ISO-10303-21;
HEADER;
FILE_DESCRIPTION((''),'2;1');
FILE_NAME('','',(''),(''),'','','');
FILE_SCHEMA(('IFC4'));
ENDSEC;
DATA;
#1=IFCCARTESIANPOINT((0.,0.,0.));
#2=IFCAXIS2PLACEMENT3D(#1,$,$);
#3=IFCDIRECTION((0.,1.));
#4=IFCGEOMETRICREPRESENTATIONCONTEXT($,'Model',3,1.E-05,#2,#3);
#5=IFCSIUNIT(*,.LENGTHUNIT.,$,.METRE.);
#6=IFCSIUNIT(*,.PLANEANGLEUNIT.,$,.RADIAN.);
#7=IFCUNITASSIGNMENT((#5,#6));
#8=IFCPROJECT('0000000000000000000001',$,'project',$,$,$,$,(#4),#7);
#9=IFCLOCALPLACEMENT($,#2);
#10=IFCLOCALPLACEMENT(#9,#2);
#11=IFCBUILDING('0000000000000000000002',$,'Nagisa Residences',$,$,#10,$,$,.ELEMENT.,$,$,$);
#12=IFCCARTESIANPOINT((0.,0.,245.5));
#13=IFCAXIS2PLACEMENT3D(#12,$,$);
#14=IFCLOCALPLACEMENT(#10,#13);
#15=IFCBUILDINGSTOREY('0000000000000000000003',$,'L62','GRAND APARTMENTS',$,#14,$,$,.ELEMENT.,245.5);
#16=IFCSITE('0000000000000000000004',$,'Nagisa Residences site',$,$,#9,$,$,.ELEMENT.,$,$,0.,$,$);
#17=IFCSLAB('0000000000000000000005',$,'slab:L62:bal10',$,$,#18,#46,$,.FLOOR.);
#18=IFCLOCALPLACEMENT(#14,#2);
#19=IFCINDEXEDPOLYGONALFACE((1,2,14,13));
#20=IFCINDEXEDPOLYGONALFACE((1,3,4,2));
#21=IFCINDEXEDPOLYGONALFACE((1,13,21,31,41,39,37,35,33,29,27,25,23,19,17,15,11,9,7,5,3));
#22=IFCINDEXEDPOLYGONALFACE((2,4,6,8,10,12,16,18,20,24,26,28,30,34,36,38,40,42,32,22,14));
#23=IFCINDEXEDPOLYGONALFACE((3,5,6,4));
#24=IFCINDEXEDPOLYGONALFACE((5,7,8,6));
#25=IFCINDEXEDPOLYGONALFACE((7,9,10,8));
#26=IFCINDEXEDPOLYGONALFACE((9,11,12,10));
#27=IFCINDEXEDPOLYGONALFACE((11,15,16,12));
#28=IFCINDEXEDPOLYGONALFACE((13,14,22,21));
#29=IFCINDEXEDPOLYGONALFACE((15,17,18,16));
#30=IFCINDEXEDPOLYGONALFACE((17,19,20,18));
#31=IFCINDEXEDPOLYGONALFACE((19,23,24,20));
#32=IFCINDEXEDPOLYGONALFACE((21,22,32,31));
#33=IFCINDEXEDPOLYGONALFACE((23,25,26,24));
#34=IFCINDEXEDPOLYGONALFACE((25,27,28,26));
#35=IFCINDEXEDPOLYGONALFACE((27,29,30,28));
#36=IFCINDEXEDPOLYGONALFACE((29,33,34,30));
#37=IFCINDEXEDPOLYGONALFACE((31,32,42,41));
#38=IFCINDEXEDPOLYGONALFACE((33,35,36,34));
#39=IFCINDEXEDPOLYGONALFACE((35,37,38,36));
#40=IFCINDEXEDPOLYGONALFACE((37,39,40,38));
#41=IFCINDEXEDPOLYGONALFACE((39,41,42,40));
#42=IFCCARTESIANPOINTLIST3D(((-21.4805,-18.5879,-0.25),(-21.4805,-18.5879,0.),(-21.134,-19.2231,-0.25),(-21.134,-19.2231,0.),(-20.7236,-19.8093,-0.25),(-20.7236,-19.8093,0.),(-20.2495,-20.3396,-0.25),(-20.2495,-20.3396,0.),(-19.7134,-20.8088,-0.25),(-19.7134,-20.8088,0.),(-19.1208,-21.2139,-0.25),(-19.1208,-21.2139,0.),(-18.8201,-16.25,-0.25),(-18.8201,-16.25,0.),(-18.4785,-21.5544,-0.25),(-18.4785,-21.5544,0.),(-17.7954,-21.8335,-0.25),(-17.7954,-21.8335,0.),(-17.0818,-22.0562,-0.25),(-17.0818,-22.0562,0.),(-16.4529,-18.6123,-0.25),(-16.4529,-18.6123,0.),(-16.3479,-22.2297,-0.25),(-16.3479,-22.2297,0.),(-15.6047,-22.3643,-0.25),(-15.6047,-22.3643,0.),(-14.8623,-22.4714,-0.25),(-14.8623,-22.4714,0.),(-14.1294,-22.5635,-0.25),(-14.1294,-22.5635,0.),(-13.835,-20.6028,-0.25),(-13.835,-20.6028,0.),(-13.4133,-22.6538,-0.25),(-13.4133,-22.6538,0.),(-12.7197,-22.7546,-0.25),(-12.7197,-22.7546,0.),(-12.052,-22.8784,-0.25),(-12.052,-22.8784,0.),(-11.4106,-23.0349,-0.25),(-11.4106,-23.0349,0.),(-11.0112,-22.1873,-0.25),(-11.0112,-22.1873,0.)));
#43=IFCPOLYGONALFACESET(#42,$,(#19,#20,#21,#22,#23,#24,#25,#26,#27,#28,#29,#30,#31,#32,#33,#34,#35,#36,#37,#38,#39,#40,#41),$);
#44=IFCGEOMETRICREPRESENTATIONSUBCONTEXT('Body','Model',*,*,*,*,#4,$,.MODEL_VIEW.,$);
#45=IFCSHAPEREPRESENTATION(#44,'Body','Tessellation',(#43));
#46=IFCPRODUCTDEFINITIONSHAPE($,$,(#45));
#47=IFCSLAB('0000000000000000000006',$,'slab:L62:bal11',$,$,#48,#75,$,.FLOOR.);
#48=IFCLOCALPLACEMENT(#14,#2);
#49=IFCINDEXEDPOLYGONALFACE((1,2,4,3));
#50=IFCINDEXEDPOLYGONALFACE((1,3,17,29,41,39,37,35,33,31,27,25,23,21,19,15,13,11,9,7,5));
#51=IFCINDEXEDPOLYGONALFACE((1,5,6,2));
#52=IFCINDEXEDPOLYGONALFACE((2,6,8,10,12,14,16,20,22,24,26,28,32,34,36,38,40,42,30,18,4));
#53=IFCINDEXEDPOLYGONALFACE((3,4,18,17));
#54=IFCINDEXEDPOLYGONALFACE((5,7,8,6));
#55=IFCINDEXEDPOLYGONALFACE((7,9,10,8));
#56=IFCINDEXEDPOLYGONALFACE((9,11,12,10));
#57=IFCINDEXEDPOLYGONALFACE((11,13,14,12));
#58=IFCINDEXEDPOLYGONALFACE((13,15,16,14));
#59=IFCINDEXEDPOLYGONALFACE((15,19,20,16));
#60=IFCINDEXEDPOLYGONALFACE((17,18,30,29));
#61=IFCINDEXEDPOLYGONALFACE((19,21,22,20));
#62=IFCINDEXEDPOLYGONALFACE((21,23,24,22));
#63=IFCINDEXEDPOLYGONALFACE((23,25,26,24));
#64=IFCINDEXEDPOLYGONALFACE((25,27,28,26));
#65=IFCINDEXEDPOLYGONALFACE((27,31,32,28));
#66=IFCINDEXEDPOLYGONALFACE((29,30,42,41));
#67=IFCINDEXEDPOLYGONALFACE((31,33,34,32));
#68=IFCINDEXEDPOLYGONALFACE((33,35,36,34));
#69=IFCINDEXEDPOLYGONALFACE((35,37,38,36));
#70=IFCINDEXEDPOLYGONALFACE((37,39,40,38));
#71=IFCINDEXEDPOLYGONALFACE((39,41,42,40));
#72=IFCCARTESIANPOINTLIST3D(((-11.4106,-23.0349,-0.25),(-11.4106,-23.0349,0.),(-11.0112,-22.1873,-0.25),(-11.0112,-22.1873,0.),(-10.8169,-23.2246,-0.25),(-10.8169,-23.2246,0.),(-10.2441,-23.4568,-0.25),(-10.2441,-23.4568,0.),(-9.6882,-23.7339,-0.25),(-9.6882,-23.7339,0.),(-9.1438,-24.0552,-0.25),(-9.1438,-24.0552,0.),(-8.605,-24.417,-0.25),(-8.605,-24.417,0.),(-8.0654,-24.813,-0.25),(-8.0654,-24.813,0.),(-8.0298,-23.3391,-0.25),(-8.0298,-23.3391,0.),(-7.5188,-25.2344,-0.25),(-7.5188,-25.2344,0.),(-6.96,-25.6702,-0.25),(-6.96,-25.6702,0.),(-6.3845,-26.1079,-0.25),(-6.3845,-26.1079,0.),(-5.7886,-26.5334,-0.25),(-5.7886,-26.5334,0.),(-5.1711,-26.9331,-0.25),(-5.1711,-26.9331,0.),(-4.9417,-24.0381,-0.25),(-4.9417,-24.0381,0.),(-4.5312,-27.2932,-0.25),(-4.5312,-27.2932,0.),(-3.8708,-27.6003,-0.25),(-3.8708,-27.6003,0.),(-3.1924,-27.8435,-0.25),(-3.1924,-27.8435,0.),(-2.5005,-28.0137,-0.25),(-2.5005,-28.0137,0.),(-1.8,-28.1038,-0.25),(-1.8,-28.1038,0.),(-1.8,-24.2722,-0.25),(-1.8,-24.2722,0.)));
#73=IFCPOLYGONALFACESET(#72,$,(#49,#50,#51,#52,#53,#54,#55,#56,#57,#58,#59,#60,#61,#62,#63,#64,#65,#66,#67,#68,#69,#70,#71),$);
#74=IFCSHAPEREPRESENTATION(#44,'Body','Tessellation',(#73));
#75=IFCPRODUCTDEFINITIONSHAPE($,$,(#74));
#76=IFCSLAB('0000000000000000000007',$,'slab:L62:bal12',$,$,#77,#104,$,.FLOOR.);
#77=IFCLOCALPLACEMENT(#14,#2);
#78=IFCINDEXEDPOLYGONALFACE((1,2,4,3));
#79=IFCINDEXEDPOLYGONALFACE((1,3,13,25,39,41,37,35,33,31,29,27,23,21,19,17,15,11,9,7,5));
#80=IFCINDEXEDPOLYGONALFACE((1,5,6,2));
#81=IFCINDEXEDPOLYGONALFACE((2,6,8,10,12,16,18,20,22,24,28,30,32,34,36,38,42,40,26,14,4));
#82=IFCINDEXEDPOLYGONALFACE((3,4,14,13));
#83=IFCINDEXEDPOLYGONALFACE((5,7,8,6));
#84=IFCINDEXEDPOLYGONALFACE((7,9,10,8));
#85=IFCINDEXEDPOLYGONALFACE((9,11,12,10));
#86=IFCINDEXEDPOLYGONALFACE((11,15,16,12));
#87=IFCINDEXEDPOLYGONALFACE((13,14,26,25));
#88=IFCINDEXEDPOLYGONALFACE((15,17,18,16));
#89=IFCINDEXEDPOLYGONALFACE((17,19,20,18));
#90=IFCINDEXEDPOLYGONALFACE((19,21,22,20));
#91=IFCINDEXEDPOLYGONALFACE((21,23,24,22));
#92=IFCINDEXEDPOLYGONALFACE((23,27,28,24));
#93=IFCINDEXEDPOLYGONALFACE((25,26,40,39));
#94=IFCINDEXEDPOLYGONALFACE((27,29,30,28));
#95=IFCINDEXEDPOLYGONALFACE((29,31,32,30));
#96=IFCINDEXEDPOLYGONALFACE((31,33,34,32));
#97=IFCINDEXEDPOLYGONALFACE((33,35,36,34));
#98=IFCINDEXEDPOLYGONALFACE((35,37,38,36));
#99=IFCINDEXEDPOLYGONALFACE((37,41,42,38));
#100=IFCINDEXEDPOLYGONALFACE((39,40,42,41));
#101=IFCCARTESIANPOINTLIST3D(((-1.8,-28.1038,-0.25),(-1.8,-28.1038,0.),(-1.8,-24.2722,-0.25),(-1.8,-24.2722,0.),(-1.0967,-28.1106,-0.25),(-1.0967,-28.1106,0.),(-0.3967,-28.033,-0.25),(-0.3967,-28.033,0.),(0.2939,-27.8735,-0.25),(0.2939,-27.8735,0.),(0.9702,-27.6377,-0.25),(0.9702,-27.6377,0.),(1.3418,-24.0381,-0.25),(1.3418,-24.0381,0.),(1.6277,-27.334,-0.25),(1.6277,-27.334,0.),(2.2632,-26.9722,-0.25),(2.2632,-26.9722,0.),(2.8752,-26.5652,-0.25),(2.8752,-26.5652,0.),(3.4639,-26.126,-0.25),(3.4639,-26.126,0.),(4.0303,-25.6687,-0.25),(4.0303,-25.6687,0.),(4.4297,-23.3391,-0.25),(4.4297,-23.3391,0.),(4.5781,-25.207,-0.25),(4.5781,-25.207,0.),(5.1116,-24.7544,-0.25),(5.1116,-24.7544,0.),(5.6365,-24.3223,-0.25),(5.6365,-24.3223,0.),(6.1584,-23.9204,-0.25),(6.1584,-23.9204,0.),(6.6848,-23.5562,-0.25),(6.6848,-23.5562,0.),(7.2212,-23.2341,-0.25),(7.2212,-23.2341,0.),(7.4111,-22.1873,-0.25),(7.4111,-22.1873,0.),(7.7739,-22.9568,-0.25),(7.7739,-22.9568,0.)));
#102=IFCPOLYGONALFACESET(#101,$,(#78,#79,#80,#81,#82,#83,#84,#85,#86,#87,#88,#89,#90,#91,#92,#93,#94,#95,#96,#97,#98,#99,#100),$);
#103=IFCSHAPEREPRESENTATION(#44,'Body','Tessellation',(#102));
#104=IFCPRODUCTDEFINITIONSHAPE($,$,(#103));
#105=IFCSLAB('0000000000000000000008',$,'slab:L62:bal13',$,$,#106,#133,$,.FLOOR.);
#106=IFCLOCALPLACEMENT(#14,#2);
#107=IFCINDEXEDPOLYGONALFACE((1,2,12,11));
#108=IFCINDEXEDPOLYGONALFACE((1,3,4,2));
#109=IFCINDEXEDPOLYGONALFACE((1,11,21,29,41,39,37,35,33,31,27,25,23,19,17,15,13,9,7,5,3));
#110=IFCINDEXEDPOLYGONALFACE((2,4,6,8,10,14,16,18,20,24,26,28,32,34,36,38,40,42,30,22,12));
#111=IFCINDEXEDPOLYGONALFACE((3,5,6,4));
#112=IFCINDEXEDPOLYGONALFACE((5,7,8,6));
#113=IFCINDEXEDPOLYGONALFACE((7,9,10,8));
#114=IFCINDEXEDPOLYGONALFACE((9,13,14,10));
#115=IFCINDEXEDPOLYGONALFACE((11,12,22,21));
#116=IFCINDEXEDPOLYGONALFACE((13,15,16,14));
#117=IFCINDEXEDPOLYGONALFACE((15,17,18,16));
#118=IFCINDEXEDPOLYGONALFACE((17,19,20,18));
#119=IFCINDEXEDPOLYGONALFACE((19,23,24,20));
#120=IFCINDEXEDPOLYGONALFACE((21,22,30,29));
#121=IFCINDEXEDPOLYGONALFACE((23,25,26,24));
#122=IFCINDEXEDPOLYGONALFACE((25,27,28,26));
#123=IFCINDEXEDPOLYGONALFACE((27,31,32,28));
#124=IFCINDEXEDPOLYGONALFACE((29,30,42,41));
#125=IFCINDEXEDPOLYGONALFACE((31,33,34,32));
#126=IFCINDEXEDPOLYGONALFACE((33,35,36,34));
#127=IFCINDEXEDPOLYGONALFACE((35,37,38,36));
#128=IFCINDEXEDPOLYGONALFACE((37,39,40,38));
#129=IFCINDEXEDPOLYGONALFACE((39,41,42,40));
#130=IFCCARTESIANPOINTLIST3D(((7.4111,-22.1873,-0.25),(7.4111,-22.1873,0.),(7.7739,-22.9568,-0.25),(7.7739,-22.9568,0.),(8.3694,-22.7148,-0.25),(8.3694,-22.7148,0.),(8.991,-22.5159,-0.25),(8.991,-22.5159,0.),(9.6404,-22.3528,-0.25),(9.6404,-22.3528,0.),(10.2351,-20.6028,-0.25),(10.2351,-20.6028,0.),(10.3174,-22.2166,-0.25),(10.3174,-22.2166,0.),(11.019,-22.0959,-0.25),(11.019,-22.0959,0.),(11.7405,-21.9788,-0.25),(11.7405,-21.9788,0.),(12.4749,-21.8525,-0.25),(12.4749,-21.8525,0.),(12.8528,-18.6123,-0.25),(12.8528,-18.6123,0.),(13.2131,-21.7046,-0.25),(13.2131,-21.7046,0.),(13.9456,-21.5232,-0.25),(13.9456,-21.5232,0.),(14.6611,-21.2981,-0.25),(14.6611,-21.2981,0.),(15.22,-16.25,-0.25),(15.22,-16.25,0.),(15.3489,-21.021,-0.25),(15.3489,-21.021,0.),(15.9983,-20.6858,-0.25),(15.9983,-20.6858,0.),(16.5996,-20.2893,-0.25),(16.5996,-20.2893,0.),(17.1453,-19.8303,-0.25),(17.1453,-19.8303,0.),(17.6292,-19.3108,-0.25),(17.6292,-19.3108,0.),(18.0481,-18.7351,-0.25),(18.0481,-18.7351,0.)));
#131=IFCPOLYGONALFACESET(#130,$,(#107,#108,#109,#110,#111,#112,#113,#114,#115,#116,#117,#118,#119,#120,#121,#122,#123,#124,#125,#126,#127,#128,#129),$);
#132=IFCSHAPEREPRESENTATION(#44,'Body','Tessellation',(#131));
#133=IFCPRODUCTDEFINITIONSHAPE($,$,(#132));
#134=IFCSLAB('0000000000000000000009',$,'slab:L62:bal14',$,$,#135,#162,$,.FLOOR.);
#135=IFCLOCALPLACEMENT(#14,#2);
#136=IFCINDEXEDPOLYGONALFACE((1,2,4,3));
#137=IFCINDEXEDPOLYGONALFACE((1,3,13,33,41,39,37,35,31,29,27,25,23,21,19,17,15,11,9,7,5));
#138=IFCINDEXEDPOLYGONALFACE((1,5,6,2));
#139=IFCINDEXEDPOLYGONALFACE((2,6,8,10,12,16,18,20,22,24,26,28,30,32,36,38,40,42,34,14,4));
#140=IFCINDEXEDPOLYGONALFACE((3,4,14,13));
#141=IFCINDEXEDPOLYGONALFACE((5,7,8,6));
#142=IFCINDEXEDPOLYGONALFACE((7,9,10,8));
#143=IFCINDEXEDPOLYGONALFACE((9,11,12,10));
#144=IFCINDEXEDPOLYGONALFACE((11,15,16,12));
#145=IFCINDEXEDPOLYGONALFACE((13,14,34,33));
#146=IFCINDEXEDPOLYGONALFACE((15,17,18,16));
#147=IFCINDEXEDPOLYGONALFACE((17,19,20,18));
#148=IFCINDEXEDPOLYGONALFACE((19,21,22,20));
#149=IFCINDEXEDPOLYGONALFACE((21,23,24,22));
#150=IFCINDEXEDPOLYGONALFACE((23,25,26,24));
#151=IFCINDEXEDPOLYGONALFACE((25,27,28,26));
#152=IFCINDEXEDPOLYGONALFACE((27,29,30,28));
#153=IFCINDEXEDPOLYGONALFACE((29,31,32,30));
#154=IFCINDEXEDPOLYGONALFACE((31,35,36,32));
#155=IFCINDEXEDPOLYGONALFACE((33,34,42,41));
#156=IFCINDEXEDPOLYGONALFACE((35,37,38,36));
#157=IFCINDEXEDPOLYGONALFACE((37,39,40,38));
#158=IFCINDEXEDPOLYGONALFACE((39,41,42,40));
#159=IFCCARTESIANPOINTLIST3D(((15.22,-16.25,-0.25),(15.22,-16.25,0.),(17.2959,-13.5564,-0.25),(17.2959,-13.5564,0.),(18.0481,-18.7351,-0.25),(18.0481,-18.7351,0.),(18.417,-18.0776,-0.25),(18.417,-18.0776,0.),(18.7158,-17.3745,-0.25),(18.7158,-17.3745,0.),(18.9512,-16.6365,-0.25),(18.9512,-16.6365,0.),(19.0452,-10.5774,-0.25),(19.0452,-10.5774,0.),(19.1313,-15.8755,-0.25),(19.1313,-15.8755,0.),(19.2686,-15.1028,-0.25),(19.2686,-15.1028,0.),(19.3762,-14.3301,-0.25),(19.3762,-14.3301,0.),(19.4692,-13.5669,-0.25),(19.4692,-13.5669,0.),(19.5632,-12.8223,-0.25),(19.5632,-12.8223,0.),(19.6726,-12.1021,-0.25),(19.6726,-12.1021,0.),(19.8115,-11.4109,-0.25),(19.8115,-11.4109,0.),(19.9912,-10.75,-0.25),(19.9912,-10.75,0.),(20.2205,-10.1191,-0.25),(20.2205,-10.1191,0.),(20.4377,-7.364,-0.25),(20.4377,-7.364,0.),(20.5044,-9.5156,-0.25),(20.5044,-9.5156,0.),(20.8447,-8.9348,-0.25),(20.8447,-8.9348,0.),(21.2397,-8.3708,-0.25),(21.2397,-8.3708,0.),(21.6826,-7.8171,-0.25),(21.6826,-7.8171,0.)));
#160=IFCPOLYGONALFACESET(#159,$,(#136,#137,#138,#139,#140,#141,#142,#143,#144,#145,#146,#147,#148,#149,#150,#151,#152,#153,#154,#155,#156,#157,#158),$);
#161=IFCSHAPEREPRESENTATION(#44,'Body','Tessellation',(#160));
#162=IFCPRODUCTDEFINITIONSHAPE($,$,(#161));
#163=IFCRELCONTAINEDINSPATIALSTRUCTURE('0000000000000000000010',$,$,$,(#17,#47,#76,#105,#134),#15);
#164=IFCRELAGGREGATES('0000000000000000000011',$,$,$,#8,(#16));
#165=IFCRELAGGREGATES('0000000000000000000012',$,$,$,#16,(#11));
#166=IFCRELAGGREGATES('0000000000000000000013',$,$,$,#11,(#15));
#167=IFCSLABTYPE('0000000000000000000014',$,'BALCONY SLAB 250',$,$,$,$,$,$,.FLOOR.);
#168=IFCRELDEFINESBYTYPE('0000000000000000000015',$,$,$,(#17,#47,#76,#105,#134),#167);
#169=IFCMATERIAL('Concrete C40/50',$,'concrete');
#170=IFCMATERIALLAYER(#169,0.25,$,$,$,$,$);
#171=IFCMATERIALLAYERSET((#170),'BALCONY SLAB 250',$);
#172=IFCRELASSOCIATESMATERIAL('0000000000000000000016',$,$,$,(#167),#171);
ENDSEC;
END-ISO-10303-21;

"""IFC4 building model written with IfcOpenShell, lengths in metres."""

from ifc_helpers import new_model, si_unit, direction, frame, origin, place, context, subcontext, project, spatial, polyline, outline, extrude, material, layer, layer_set, type_object, element, save


model = new_model("IFC4")

# Units and contexts
model_context = context("Model", 3, precision=1e-05, world=origin(), true_north=direction((0.0, 1.0)))
body_context = subcontext(model_context, "Body", "Model", "MODEL_VIEW")
ifc_project = project(units=[si_unit("LENGTHUNIT", "METRE"), si_unit("PLANEANGLEUNIT", "RADIAN")], contexts=[model_context])

# Site, building, storey
site_placement = place(None, origin())
site = spatial("IfcSite", under=ifc_project, at=site_placement, Name="Nagisa Residences site", CompositionType="ELEMENT", RefElevation=0.0)
building_placement = place(site_placement, origin())
building = spatial("IfcBuilding", under=site, at=building_placement, Name="Nagisa Residences", CompositionType="ELEMENT")
storey_placement = place(building_placement, frame((0.0, 0.0, 245.5)))
storey = spatial("IfcBuildingStorey", under=building, at=storey_placement, Name="L62", Description="GRAND APARTMENTS", CompositionType="ELEMENT", Elevation=245.5)

# Slabs
ifc_material_1 = material(Name="Concrete C40/50", Category="concrete")
ifc_layer_1 = layer(ifc_material_1, 0.25)
ifc_layer_set_1 = layer_set([ifc_layer_1], Name="BALCONY SLAB 250")
slab_type = type_object("IfcSlabType", Name="BALCONY SLAB 250", PredefinedType="FLOOR", material=ifc_layer_set_1)
slab_1_placement = place(storey_placement, frame((0.0, 0.0, -0.25)))
element("IfcSlab", 1, at=slab_1_placement, inside=storey, type_object=slab_type, Name="slab:L62:bal10", PredefinedType="FLOOR", context=body_context, shape_type="SweptSolid", body=[
    extrude(outline(polyline([(-21.4805, -18.5879), (-21.134, -19.2231), (-20.7236, -19.8093), (-20.2495, -20.3396), (-19.7134, -20.8088), (-19.1208, -21.2139), (-18.4785, -21.5544), (-17.7954, -21.8335), (-17.0818, -22.0562), (-16.3479, -22.2297), (-15.6047, -22.3643), (-14.8623, -22.4714), (-14.1294, -22.5635), (-13.4133, -22.6538), (-12.7197, -22.7546), (-12.052, -22.8784), (-11.4106, -23.0349), (-11.0112, -22.1873), (-13.835, -20.6028), (-16.4529, -18.6123), (-18.8201, -16.25), (-21.4805, -18.5879)])), origin(), (0.0, 0.0, 1.0), 0.25),
])
slab_2_placement = place(storey_placement, frame((0.0, 0.0, -0.25)))
element("IfcSlab", 2, at=slab_2_placement, inside=storey, type_object=slab_type, Name="slab:L62:bal11", PredefinedType="FLOOR", context=body_context, shape_type="SweptSolid", body=[
    extrude(outline(polyline([(-11.4106, -23.0349), (-10.8169, -23.2246), (-10.2441, -23.4568), (-9.6882, -23.7339), (-9.1438, -24.0552), (-8.605, -24.417), (-8.0654, -24.813), (-7.5188, -25.2344), (-6.96, -25.6702), (-6.3845, -26.1079), (-5.7886, -26.5334), (-5.1711, -26.9331), (-4.5312, -27.2932), (-3.8708, -27.6003), (-3.1924, -27.8435), (-2.5005, -28.0137), (-1.8, -28.1038), (-1.8, -24.2722), (-4.9417, -24.0381), (-8.0298, -23.3391), (-11.0112, -22.1873), (-11.4106, -23.0349)])), origin(), (0.0, 0.0, 1.0), 0.25),
])
slab_3_placement = place(storey_placement, frame((0.0, 0.0, -0.25)))
element("IfcSlab", 3, at=slab_3_placement, inside=storey, type_object=slab_type, Name="slab:L62:bal12", PredefinedType="FLOOR", context=body_context, shape_type="SweptSolid", body=[
    extrude(outline(polyline([(-1.8, -28.1038), (-1.0967, -28.1106), (-0.3967, -28.033), (0.2939, -27.8735), (0.9702, -27.6377), (1.6277, -27.334), (2.2632, -26.9722), (2.8752, -26.5652), (3.4639, -26.126), (4.0303, -25.6687), (4.5781, -25.207), (5.1116, -24.7544), (5.6365, -24.3223), (6.1584, -23.9204), (6.6848, -23.5562), (7.2212, -23.2341), (7.7739, -22.9568), (7.4111, -22.1873), (4.4297, -23.3391), (1.3418, -24.0381), (-1.8, -24.2722), (-1.8, -28.1038)])), origin(), (0.0, 0.0, 1.0), 0.25),
])
slab_4_placement = place(storey_placement, frame((0.0, 0.0, -0.25)))
element("IfcSlab", 4, at=slab_4_placement, inside=storey, type_object=slab_type, Name="slab:L62:bal13", PredefinedType="FLOOR", context=body_context, shape_type="SweptSolid", body=[
    extrude(outline(polyline([(7.7739, -22.9568), (8.3694, -22.7148), (8.991, -22.5159), (9.6404, -22.3528), (10.3174, -22.2166), (11.019, -22.0959), (11.7405, -21.9788), (12.4749, -21.8525), (13.2131, -21.7046), (13.9456, -21.5232), (14.6611, -21.2981), (15.3489, -21.021), (15.9983, -20.6858), (16.5996, -20.2893), (17.1453, -19.8303), (17.6292, -19.3108), (18.0481, -18.7351), (15.22, -16.25), (12.8528, -18.6123), (10.2351, -20.6028), (7.4111, -22.1873), (7.7739, -22.9568)])), origin(), (0.0, 0.0, 1.0), 0.25),
])
slab_5_placement = place(storey_placement, frame((0.0, 0.0, -0.25)))
element("IfcSlab", 5, at=slab_5_placement, inside=storey, type_object=slab_type, Name="slab:L62:bal14", PredefinedType="FLOOR", context=body_context, shape_type="SweptSolid", body=[
    extrude(outline(polyline([(18.0481, -18.7351), (18.417, -18.0776), (18.7158, -17.3745), (18.9512, -16.6365), (19.1313, -15.8755), (19.2686, -15.1028), (19.3762, -14.3301), (19.4692, -13.5669), (19.5632, -12.8223), (19.6726, -12.1021), (19.8115, -11.4109), (19.9912, -10.75), (20.2205, -10.1191), (20.5044, -9.5156), (20.8447, -8.9348), (21.2397, -8.3708), (21.6826, -7.8171), (20.4377, -7.364), (19.0452, -10.5774), (17.2959, -13.5564), (15.22, -16.25), (18.0481, -18.7351)])), origin(), (0.0, 0.0, 1.0), 0.25),
])

save(model, "model.ifc")
